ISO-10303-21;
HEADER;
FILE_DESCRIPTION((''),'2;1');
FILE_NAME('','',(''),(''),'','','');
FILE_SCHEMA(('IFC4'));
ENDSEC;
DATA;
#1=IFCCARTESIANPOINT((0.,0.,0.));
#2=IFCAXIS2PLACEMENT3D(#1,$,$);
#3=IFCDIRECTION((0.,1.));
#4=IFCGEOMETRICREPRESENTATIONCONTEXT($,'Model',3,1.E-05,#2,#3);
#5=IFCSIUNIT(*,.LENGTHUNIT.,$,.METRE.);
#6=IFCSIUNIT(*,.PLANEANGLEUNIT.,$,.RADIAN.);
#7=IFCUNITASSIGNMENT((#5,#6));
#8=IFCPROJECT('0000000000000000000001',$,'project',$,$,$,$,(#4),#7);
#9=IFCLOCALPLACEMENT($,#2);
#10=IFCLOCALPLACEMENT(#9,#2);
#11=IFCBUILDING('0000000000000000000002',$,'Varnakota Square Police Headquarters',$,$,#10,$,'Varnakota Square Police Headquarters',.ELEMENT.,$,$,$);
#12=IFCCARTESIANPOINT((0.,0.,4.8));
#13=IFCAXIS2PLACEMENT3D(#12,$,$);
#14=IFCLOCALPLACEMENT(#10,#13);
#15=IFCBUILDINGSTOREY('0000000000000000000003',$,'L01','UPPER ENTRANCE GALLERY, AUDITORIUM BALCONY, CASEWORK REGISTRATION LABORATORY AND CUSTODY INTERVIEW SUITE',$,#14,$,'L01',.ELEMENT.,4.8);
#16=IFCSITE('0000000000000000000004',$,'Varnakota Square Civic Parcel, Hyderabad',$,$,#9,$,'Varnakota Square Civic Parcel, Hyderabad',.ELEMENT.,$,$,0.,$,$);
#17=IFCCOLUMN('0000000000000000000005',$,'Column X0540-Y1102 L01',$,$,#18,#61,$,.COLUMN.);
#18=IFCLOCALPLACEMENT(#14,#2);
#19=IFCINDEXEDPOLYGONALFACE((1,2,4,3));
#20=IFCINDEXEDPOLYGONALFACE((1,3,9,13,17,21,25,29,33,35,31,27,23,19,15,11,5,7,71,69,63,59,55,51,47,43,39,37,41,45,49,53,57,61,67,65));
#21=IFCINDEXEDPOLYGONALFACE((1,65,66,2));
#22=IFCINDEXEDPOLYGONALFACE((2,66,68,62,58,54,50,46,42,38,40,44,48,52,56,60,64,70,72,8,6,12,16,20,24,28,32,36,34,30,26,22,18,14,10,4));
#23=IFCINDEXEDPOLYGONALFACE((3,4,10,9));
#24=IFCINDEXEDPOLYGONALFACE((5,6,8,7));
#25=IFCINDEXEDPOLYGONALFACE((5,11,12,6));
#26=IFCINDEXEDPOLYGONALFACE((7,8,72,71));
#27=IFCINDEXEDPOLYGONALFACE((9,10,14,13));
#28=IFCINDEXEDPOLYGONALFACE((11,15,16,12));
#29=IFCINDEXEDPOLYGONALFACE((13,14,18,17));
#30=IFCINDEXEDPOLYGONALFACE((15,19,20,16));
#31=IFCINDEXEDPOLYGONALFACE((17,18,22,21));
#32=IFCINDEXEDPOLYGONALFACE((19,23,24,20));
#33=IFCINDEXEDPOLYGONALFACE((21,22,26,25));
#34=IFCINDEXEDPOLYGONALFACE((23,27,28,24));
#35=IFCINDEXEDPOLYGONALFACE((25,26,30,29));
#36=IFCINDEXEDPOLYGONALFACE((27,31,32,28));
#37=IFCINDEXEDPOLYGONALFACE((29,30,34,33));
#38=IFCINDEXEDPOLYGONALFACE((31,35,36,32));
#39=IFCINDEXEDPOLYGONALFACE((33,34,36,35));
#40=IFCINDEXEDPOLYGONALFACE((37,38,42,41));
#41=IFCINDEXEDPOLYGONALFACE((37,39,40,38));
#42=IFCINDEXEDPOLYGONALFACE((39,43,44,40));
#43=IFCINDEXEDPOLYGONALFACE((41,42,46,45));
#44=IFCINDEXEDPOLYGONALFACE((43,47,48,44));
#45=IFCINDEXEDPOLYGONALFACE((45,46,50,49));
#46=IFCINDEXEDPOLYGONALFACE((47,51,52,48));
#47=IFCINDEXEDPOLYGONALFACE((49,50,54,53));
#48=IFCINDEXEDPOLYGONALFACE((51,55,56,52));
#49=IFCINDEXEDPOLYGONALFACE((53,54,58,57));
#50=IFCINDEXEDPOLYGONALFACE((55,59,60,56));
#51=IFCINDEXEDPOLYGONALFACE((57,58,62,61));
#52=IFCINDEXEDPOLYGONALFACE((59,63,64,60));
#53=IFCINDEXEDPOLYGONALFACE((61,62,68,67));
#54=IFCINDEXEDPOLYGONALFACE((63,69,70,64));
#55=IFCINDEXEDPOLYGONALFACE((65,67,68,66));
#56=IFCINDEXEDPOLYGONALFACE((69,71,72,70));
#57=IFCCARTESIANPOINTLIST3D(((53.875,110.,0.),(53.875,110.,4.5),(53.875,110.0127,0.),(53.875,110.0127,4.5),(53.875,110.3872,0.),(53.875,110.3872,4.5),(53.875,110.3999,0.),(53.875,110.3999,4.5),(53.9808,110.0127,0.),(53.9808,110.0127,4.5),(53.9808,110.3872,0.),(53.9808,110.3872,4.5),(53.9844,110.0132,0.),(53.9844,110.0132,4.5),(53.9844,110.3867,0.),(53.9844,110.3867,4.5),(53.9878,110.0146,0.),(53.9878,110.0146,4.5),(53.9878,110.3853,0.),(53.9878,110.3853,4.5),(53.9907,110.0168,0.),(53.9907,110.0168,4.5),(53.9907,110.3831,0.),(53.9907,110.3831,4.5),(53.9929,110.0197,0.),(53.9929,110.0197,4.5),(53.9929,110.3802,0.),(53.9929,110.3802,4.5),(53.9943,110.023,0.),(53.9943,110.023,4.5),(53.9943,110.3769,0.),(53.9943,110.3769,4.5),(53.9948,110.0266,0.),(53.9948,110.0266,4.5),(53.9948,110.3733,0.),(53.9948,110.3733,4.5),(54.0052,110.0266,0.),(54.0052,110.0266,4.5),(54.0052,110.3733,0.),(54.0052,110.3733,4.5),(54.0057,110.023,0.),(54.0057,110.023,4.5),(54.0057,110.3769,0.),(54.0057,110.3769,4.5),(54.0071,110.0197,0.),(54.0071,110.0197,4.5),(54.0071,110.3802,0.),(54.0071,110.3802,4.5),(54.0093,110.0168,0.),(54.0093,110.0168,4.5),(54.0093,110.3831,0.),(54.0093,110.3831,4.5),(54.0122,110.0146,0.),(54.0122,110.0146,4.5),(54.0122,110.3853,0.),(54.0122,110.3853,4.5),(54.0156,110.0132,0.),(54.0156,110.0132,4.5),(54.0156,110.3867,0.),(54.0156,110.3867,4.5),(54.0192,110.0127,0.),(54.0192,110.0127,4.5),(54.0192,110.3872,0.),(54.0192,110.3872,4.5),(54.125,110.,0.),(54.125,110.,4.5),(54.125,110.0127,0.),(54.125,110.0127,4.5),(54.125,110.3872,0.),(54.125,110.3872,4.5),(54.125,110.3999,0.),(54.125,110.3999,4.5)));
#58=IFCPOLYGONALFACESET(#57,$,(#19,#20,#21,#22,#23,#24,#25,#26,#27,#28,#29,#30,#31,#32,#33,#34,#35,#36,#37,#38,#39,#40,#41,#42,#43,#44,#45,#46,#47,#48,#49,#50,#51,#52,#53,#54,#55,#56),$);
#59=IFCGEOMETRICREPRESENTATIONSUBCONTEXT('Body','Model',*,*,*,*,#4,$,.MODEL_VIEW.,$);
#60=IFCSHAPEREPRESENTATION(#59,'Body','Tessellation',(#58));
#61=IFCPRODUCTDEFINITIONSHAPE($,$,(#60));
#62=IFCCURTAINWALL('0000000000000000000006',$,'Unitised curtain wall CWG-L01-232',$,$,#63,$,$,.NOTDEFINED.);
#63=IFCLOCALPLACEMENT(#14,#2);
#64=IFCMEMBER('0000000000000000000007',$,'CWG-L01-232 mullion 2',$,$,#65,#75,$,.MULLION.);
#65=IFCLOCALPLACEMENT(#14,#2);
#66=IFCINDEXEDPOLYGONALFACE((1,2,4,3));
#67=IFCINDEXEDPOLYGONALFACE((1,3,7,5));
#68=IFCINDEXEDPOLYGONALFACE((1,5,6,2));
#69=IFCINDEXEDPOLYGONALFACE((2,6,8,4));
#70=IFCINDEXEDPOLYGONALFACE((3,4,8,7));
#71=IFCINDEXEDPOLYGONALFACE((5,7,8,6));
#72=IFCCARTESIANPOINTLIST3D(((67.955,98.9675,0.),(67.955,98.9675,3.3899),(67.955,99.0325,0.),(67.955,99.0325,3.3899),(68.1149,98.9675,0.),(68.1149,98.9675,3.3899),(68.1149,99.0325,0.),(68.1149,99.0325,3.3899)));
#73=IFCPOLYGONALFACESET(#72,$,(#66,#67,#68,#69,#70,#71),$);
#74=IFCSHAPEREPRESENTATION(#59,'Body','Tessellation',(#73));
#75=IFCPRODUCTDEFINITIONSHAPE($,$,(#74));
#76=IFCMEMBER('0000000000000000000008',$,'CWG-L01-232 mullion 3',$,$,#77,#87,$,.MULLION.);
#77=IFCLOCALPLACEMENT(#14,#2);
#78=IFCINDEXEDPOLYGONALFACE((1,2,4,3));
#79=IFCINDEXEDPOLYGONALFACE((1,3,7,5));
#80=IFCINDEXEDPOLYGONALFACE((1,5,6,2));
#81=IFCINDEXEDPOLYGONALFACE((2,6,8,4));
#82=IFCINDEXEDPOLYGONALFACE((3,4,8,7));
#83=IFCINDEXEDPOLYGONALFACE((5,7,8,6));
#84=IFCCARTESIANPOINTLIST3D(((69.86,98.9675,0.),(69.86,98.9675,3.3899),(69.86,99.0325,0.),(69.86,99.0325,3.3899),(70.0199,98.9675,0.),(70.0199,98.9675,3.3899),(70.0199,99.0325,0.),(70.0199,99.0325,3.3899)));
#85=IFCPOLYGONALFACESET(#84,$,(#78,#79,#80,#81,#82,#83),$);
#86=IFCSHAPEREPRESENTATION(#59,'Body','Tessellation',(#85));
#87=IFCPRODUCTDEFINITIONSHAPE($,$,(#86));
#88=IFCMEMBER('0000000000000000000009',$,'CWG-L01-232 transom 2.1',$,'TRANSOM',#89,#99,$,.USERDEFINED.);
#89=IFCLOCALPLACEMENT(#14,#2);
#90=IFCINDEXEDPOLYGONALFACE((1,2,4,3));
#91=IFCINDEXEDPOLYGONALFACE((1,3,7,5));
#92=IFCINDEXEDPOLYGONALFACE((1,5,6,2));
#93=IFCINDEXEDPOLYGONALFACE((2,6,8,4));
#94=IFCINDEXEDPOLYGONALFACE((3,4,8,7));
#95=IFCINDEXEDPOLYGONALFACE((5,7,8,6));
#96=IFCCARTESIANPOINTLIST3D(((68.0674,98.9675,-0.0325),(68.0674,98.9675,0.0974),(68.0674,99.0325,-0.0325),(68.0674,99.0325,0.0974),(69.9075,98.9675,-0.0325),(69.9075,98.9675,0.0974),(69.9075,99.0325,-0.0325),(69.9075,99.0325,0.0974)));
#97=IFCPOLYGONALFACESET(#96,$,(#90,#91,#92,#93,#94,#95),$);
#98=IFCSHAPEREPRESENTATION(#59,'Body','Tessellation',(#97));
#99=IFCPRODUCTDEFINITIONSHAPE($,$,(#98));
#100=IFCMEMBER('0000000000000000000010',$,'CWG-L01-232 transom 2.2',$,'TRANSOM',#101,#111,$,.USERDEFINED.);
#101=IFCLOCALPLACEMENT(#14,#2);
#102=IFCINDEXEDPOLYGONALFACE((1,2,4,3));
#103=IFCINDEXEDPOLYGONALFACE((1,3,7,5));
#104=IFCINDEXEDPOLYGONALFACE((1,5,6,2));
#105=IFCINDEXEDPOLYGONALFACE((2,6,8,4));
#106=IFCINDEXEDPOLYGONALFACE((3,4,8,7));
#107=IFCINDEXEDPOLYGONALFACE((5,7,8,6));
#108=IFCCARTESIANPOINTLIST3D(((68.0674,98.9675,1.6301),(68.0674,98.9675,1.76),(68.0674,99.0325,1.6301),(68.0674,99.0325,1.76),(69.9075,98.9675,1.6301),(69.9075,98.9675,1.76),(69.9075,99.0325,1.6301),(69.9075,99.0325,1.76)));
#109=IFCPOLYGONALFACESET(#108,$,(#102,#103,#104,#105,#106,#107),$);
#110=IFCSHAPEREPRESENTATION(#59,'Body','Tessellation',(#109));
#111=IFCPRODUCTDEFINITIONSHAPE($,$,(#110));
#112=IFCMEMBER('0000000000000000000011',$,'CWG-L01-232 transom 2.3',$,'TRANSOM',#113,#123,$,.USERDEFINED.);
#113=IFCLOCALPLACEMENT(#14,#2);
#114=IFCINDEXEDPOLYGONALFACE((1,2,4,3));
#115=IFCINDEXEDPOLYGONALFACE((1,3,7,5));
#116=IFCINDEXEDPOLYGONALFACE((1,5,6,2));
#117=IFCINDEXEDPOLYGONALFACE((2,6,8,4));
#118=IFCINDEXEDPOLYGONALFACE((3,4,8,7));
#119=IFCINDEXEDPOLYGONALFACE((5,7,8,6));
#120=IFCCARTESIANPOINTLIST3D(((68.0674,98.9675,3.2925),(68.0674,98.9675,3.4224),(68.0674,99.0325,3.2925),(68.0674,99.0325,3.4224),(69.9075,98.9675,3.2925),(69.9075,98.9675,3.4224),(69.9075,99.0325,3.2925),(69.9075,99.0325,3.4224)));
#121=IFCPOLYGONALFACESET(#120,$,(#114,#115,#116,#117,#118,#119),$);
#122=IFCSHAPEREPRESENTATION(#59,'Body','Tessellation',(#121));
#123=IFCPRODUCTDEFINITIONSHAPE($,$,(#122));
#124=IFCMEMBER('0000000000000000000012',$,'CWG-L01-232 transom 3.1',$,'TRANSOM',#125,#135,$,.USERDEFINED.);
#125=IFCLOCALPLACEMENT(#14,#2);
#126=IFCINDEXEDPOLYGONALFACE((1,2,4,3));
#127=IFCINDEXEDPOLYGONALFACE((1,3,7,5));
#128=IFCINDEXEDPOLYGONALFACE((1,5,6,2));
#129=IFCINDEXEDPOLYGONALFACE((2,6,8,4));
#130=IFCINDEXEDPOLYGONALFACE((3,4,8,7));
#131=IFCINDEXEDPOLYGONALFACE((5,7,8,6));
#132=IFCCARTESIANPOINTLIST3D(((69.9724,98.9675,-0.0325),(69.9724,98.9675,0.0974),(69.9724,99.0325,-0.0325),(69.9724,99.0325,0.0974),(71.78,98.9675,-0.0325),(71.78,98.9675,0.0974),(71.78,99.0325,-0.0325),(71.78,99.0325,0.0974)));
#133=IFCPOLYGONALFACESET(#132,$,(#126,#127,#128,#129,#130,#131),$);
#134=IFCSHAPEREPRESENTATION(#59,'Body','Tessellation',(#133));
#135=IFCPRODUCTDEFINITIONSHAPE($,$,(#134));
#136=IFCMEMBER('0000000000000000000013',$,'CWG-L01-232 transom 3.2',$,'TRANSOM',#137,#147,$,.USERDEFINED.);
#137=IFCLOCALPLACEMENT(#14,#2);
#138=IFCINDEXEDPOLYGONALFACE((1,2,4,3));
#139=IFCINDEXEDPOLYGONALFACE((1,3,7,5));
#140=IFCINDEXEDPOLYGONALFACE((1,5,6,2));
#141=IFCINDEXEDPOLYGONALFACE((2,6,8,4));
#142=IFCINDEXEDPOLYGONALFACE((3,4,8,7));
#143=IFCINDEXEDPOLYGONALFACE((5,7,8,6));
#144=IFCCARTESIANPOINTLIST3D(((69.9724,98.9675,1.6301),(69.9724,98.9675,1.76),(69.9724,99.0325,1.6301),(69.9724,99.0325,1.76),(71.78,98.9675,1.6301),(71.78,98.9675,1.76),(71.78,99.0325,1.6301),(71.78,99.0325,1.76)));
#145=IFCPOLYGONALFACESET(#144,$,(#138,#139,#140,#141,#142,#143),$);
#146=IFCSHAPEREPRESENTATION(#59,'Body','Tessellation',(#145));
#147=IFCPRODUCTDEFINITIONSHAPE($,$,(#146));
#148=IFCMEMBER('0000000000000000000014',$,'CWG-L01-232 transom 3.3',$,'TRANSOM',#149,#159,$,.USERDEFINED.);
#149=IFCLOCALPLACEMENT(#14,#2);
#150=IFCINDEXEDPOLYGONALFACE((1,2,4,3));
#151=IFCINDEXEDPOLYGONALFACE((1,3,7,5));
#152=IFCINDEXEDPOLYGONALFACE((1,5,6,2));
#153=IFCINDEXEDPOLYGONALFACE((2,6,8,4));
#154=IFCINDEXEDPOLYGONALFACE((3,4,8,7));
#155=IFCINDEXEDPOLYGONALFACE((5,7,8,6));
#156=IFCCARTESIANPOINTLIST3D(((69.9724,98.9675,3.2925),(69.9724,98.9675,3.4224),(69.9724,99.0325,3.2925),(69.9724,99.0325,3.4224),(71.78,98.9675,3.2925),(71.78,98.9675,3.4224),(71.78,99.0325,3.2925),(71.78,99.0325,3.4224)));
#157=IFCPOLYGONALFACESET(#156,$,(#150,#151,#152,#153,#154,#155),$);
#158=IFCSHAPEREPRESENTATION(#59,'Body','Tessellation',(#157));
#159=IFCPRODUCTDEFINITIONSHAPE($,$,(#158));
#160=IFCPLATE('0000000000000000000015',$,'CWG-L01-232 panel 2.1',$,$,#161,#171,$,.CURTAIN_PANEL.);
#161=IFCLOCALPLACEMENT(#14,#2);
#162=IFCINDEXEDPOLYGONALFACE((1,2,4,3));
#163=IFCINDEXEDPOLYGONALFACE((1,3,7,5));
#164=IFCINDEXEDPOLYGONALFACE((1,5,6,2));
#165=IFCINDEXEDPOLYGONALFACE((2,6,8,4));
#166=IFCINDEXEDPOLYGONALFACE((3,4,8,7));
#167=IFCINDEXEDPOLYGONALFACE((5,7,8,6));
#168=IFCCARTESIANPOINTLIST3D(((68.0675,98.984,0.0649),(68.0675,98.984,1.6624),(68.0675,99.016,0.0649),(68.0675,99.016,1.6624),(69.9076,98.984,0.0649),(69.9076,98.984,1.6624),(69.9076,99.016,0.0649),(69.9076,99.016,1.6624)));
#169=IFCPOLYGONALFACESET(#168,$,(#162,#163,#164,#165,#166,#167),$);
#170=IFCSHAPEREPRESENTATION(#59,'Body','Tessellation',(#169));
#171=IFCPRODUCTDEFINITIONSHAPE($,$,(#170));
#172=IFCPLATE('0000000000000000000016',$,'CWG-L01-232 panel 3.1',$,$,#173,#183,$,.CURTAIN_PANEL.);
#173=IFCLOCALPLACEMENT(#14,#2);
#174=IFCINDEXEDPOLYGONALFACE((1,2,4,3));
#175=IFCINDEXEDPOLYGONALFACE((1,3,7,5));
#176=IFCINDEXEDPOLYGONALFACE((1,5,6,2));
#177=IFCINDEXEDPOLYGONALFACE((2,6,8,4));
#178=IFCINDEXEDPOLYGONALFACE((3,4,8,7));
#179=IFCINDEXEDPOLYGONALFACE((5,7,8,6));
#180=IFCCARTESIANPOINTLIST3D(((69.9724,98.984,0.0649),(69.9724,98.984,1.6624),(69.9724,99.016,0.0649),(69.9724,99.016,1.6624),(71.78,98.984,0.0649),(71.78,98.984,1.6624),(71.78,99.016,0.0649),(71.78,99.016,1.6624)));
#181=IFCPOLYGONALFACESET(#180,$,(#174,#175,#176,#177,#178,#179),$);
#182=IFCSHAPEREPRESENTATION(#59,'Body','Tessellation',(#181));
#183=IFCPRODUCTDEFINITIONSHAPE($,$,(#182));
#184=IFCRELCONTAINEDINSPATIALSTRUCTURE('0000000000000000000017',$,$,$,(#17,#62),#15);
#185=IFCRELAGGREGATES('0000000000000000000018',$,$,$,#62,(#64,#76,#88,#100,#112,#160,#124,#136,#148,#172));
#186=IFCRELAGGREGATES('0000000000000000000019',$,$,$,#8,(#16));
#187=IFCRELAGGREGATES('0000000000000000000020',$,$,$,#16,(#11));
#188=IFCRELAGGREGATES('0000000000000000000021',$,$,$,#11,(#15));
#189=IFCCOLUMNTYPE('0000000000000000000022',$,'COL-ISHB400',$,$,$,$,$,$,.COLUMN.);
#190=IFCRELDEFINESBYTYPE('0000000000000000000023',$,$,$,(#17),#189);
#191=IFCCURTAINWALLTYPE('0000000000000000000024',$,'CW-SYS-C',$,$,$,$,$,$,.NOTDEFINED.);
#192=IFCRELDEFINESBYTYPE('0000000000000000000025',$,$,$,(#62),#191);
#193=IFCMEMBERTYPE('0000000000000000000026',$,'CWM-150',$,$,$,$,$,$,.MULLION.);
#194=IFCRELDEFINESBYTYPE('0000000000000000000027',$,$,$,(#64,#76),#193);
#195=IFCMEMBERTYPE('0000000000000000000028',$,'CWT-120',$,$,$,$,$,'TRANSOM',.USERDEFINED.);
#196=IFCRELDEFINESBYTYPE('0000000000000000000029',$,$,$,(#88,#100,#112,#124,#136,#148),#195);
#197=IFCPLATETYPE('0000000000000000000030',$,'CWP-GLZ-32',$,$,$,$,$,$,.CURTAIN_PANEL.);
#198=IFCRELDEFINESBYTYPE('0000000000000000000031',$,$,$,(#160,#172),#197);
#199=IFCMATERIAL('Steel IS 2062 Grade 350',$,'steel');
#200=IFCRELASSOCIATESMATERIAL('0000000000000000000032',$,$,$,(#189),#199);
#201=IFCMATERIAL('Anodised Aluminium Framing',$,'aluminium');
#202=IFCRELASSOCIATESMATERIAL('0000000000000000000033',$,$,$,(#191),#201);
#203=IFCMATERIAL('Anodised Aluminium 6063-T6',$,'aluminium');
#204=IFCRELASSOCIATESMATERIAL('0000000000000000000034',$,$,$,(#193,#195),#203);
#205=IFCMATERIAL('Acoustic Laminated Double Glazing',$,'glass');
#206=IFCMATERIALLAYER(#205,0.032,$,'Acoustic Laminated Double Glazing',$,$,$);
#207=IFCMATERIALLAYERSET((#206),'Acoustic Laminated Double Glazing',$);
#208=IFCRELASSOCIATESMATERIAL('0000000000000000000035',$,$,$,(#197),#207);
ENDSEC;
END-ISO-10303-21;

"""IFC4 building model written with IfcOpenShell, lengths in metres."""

from ifc_helpers import new_model, si_unit, direction, frame, origin, origin_2d, place, context, subcontext, project, spatial, rectangle, i_section, extrude, material, layer, layer_set, material_profile, profile_set, type_object, element, aggregate, save


model = new_model("IFC4")

# Units and contexts
model_context = context("Model", 3, precision=1e-05, world=origin(), true_north=direction((0.0, 1.0)))
body_context = subcontext(model_context, "Body", "Model", "MODEL_VIEW")
ifc_project = project(units=[si_unit("LENGTHUNIT", "METRE"), si_unit("PLANEANGLEUNIT", "RADIAN")], contexts=[model_context])

# Site, building, storey
site_placement = place(None, origin())
site = spatial("IfcSite", under=ifc_project, at=site_placement, Name="Varnakota Square Civic Parcel, Hyderabad", LongName="Varnakota Square Civic Parcel, Hyderabad", CompositionType="ELEMENT", RefElevation=0.0)
building_placement = place(site_placement, origin())
building = spatial("IfcBuilding", under=site, at=building_placement, Name="Varnakota Square Police Headquarters", LongName="Varnakota Square Police Headquarters", CompositionType="ELEMENT")
storey_placement = place(building_placement, frame((0.0, 0.0, 4.8)))
storey = spatial("IfcBuildingStorey", under=building, at=storey_placement, Name="L01", Description="UPPER ENTRANCE GALLERY, AUDITORIUM BALCONY, CASEWORK REGISTRATION LABORATORY AND CUSTODY INTERVIEW SUITE", LongName="L01", CompositionType="ELEMENT", Elevation=4.8)

# Column
ifc_material_1 = material(Name="Steel IS 2062 Grade 350", Category="steel")
ifc_material_profile_1 = material_profile(ifc_material_1, i_section(OverallWidth=0.25, OverallDepth=0.3999, WebThickness=0.0105, FlangeThickness=0.0127, FilletRadius=0.0139, at=origin_2d()), Name="ISHB 400")
ifc_profile_set_1 = profile_set([ifc_material_profile_1], Name="Steel IS 2062 Grade 350")
column_type = type_object("IfcColumnType", Name="COL-ISHB400", PredefinedType="COLUMN", material=ifc_profile_set_1)
column_placement = place(storey_placement, frame((54.0, 110.2, 0.0), z_axis=(0.0, 0.0, 1.0), x_axis=(1.0, 0.0, 0.0)))
element("IfcColumn", 1, at=column_placement, inside=storey, type_object=column_type, Name="Column X0540-Y1102 L01", PredefinedType="COLUMN", context=body_context, shape_type="SweptSolid", body=[
    extrude(i_section(OverallWidth=0.25, OverallDepth=0.3999, WebThickness=0.0105, FlangeThickness=0.0127, FilletRadius=0.0139, at=origin_2d()), origin(), (0.0, 0.0, 1.0), 4.5),
])

# Curtain wall, members, plates
ifc_material_2 = material(Name="Anodised Aluminium Framing", Category="aluminium")
curtain_wall_type = type_object("IfcCurtainWallType", Name="CW-SYS-C", PredefinedType="NOTDEFINED", material=ifc_material_2)
curtain_wall_placement = place(storey_placement, origin())
curtain_wall = element("IfcCurtainWall", 2, at=curtain_wall_placement, inside=storey, type_object=curtain_wall_type, Name="Unitised curtain wall CWG-L01-232", PredefinedType="NOTDEFINED")
ifc_material_3 = material(Name="Anodised Aluminium 6063-T6", Category="aluminium")
ifc_material_profile_2 = material_profile(ifc_material_3, rectangle(XDim=0.0649, YDim=0.1599, at=origin_2d()), Name="ALU MULLION 65x160")
ifc_profile_set_2 = profile_set([ifc_material_profile_2], Name="Anodised Aluminium 6063-T6")
member_type_1 = type_object("IfcMemberType", Name="CWM-150", PredefinedType="MULLION", material=ifc_profile_set_2)
member_1_placement = place(storey_placement, frame((68.0349, 99.0, 0.0), z_axis=(0.0, 0.0, 1.0), x_axis=(0.0, 1.0, 0.0)))
member_1 = element("IfcMember", 3, at=member_1_placement, type_object=member_type_1, Name="CWG-L01-232 mullion 2", PredefinedType="MULLION", context=body_context, shape_type="SweptSolid", body=[
    extrude(rectangle(XDim=0.0649, YDim=0.1599, at=origin_2d()), origin(), (0.0, 0.0, 1.0), 3.3899),
])
member_2_placement = place(storey_placement, frame((69.9399, 99.0, 0.0), z_axis=(0.0, 0.0, 1.0), x_axis=(0.0, 1.0, 0.0)))
member_2 = element("IfcMember", 4, at=member_2_placement, type_object=member_type_1, Name="CWG-L01-232 mullion 3", PredefinedType="MULLION", context=body_context, shape_type="SweptSolid", body=[
    extrude(rectangle(XDim=0.0649, YDim=0.1599, at=origin_2d()), origin(), (0.0, 0.0, 1.0), 3.3899),
])
ifc_material_profile_3 = material_profile(ifc_material_3, rectangle(XDim=0.0649, YDim=0.1299, at=origin_2d()), Name="ALU TRANSOM 65x130")
ifc_profile_set_3 = profile_set([ifc_material_profile_3], Name="Anodised Aluminium 6063-T6")
member_type_2 = type_object("IfcMemberType", Name="CWT-120", ElementType="TRANSOM", PredefinedType="USERDEFINED", material=ifc_profile_set_3)
member_3_placement = place(storey_placement, frame((68.0674, 99.0, 0.0325), z_axis=(1.0, 0.0, 0.0), x_axis=(0.0, 1.0, 0.0)))
member_3 = element("IfcMember", 5, at=member_3_placement, type_object=member_type_2, Name="CWG-L01-232 transom 2.1", ObjectType="TRANSOM", PredefinedType="USERDEFINED", context=body_context, shape_type="SweptSolid", body=[
    extrude(rectangle(XDim=0.0649, YDim=0.1299, at=origin_2d()), origin(), (0.0, 0.0, 1.0), 1.8401),
])
member_4_placement = place(storey_placement, frame((68.0674, 99.0, 1.6951), z_axis=(1.0, 0.0, 0.0), x_axis=(0.0, 1.0, 0.0)))
member_4 = element("IfcMember", 6, at=member_4_placement, type_object=member_type_2, Name="CWG-L01-232 transom 2.2", ObjectType="TRANSOM", PredefinedType="USERDEFINED", context=body_context, shape_type="SweptSolid", body=[
    extrude(rectangle(XDim=0.0649, YDim=0.1299, at=origin_2d()), origin(), (0.0, 0.0, 1.0), 1.8401),
])
member_5_placement = place(storey_placement, frame((68.0674, 99.0, 3.3574), z_axis=(1.0, 0.0, 0.0), x_axis=(0.0, 1.0, 0.0)))
member_5 = element("IfcMember", 7, at=member_5_placement, type_object=member_type_2, Name="CWG-L01-232 transom 2.3", ObjectType="TRANSOM", PredefinedType="USERDEFINED", context=body_context, shape_type="SweptSolid", body=[
    extrude(rectangle(XDim=0.0649, YDim=0.1299, at=origin_2d()), origin(), (0.0, 0.0, 1.0), 1.8401),
])
member_6_placement = place(storey_placement, frame((69.9724, 99.0, 0.0325), z_axis=(1.0, 0.0, 0.0), x_axis=(0.0, 1.0, 0.0)))
member_6 = element("IfcMember", 8, at=member_6_placement, type_object=member_type_2, Name="CWG-L01-232 transom 3.1", ObjectType="TRANSOM", PredefinedType="USERDEFINED", context=body_context, shape_type="SweptSolid", body=[
    extrude(rectangle(XDim=0.0649, YDim=0.1299, at=origin_2d()), origin(), (0.0, 0.0, 1.0), 1.8076),
])
member_7_placement = place(storey_placement, frame((69.9724, 99.0, 1.6951), z_axis=(1.0, 0.0, 0.0), x_axis=(0.0, 1.0, 0.0)))
member_7 = element("IfcMember", 9, at=member_7_placement, type_object=member_type_2, Name="CWG-L01-232 transom 3.2", ObjectType="TRANSOM", PredefinedType="USERDEFINED", context=body_context, shape_type="SweptSolid", body=[
    extrude(rectangle(XDim=0.0649, YDim=0.1299, at=origin_2d()), origin(), (0.0, 0.0, 1.0), 1.8076),
])
member_8_placement = place(storey_placement, frame((69.9724, 99.0, 3.3574), z_axis=(1.0, 0.0, 0.0), x_axis=(0.0, 1.0, 0.0)))
member_8 = element("IfcMember", 10, at=member_8_placement, type_object=member_type_2, Name="CWG-L01-232 transom 3.3", ObjectType="TRANSOM", PredefinedType="USERDEFINED", context=body_context, shape_type="SweptSolid", body=[
    extrude(rectangle(XDim=0.0649, YDim=0.1299, at=origin_2d()), origin(), (0.0, 0.0, 1.0), 1.8076),
])
ifc_material_4 = material(Name="Acoustic Laminated Double Glazing", Category="glass")
ifc_layer_1 = layer(ifc_material_4, 0.032, Name="Acoustic Laminated Double Glazing")
ifc_layer_set_1 = layer_set([ifc_layer_1], Name="Acoustic Laminated Double Glazing")
plate_type_1 = type_object("IfcPlateType", Name="CWP-GLZ-32", PredefinedType="CURTAIN_PANEL", material=ifc_layer_set_1)
plate_1_placement = place(storey_placement, frame((68.9875, 99.0, 0.0649), z_axis=(0.0, 0.0, 1.0), x_axis=(1.0, 0.0, 0.0)))
plate_1 = element("IfcPlate", 11, at=plate_1_placement, type_object=plate_type_1, Name="CWG-L01-232 panel 2.1", PredefinedType="CURTAIN_PANEL", context=body_context, shape_type="SweptSolid", body=[
    extrude(rectangle(XDim=1.8401, YDim=0.032, at=origin_2d()), origin(), (0.0, 0.0, 1.0), 1.5974),
])
plate_2_placement = place(storey_placement, frame((70.8762, 99.0, 0.0649), z_axis=(0.0, 0.0, 1.0), x_axis=(1.0, 0.0, 0.0)))
plate_2 = element("IfcPlate", 12, at=plate_2_placement, type_object=plate_type_1, Name="CWG-L01-232 panel 3.1", PredefinedType="CURTAIN_PANEL", context=body_context, shape_type="SweptSolid", body=[
    extrude(rectangle(XDim=1.8076, YDim=0.032, at=origin_2d()), origin(), (0.0, 0.0, 1.0), 1.5974),
])
aggregate(curtain_wall, [member_1, member_2, member_3, member_4, member_5, plate_1, member_6, member_7, member_8, plate_2])

save(model, "model.ifc")
